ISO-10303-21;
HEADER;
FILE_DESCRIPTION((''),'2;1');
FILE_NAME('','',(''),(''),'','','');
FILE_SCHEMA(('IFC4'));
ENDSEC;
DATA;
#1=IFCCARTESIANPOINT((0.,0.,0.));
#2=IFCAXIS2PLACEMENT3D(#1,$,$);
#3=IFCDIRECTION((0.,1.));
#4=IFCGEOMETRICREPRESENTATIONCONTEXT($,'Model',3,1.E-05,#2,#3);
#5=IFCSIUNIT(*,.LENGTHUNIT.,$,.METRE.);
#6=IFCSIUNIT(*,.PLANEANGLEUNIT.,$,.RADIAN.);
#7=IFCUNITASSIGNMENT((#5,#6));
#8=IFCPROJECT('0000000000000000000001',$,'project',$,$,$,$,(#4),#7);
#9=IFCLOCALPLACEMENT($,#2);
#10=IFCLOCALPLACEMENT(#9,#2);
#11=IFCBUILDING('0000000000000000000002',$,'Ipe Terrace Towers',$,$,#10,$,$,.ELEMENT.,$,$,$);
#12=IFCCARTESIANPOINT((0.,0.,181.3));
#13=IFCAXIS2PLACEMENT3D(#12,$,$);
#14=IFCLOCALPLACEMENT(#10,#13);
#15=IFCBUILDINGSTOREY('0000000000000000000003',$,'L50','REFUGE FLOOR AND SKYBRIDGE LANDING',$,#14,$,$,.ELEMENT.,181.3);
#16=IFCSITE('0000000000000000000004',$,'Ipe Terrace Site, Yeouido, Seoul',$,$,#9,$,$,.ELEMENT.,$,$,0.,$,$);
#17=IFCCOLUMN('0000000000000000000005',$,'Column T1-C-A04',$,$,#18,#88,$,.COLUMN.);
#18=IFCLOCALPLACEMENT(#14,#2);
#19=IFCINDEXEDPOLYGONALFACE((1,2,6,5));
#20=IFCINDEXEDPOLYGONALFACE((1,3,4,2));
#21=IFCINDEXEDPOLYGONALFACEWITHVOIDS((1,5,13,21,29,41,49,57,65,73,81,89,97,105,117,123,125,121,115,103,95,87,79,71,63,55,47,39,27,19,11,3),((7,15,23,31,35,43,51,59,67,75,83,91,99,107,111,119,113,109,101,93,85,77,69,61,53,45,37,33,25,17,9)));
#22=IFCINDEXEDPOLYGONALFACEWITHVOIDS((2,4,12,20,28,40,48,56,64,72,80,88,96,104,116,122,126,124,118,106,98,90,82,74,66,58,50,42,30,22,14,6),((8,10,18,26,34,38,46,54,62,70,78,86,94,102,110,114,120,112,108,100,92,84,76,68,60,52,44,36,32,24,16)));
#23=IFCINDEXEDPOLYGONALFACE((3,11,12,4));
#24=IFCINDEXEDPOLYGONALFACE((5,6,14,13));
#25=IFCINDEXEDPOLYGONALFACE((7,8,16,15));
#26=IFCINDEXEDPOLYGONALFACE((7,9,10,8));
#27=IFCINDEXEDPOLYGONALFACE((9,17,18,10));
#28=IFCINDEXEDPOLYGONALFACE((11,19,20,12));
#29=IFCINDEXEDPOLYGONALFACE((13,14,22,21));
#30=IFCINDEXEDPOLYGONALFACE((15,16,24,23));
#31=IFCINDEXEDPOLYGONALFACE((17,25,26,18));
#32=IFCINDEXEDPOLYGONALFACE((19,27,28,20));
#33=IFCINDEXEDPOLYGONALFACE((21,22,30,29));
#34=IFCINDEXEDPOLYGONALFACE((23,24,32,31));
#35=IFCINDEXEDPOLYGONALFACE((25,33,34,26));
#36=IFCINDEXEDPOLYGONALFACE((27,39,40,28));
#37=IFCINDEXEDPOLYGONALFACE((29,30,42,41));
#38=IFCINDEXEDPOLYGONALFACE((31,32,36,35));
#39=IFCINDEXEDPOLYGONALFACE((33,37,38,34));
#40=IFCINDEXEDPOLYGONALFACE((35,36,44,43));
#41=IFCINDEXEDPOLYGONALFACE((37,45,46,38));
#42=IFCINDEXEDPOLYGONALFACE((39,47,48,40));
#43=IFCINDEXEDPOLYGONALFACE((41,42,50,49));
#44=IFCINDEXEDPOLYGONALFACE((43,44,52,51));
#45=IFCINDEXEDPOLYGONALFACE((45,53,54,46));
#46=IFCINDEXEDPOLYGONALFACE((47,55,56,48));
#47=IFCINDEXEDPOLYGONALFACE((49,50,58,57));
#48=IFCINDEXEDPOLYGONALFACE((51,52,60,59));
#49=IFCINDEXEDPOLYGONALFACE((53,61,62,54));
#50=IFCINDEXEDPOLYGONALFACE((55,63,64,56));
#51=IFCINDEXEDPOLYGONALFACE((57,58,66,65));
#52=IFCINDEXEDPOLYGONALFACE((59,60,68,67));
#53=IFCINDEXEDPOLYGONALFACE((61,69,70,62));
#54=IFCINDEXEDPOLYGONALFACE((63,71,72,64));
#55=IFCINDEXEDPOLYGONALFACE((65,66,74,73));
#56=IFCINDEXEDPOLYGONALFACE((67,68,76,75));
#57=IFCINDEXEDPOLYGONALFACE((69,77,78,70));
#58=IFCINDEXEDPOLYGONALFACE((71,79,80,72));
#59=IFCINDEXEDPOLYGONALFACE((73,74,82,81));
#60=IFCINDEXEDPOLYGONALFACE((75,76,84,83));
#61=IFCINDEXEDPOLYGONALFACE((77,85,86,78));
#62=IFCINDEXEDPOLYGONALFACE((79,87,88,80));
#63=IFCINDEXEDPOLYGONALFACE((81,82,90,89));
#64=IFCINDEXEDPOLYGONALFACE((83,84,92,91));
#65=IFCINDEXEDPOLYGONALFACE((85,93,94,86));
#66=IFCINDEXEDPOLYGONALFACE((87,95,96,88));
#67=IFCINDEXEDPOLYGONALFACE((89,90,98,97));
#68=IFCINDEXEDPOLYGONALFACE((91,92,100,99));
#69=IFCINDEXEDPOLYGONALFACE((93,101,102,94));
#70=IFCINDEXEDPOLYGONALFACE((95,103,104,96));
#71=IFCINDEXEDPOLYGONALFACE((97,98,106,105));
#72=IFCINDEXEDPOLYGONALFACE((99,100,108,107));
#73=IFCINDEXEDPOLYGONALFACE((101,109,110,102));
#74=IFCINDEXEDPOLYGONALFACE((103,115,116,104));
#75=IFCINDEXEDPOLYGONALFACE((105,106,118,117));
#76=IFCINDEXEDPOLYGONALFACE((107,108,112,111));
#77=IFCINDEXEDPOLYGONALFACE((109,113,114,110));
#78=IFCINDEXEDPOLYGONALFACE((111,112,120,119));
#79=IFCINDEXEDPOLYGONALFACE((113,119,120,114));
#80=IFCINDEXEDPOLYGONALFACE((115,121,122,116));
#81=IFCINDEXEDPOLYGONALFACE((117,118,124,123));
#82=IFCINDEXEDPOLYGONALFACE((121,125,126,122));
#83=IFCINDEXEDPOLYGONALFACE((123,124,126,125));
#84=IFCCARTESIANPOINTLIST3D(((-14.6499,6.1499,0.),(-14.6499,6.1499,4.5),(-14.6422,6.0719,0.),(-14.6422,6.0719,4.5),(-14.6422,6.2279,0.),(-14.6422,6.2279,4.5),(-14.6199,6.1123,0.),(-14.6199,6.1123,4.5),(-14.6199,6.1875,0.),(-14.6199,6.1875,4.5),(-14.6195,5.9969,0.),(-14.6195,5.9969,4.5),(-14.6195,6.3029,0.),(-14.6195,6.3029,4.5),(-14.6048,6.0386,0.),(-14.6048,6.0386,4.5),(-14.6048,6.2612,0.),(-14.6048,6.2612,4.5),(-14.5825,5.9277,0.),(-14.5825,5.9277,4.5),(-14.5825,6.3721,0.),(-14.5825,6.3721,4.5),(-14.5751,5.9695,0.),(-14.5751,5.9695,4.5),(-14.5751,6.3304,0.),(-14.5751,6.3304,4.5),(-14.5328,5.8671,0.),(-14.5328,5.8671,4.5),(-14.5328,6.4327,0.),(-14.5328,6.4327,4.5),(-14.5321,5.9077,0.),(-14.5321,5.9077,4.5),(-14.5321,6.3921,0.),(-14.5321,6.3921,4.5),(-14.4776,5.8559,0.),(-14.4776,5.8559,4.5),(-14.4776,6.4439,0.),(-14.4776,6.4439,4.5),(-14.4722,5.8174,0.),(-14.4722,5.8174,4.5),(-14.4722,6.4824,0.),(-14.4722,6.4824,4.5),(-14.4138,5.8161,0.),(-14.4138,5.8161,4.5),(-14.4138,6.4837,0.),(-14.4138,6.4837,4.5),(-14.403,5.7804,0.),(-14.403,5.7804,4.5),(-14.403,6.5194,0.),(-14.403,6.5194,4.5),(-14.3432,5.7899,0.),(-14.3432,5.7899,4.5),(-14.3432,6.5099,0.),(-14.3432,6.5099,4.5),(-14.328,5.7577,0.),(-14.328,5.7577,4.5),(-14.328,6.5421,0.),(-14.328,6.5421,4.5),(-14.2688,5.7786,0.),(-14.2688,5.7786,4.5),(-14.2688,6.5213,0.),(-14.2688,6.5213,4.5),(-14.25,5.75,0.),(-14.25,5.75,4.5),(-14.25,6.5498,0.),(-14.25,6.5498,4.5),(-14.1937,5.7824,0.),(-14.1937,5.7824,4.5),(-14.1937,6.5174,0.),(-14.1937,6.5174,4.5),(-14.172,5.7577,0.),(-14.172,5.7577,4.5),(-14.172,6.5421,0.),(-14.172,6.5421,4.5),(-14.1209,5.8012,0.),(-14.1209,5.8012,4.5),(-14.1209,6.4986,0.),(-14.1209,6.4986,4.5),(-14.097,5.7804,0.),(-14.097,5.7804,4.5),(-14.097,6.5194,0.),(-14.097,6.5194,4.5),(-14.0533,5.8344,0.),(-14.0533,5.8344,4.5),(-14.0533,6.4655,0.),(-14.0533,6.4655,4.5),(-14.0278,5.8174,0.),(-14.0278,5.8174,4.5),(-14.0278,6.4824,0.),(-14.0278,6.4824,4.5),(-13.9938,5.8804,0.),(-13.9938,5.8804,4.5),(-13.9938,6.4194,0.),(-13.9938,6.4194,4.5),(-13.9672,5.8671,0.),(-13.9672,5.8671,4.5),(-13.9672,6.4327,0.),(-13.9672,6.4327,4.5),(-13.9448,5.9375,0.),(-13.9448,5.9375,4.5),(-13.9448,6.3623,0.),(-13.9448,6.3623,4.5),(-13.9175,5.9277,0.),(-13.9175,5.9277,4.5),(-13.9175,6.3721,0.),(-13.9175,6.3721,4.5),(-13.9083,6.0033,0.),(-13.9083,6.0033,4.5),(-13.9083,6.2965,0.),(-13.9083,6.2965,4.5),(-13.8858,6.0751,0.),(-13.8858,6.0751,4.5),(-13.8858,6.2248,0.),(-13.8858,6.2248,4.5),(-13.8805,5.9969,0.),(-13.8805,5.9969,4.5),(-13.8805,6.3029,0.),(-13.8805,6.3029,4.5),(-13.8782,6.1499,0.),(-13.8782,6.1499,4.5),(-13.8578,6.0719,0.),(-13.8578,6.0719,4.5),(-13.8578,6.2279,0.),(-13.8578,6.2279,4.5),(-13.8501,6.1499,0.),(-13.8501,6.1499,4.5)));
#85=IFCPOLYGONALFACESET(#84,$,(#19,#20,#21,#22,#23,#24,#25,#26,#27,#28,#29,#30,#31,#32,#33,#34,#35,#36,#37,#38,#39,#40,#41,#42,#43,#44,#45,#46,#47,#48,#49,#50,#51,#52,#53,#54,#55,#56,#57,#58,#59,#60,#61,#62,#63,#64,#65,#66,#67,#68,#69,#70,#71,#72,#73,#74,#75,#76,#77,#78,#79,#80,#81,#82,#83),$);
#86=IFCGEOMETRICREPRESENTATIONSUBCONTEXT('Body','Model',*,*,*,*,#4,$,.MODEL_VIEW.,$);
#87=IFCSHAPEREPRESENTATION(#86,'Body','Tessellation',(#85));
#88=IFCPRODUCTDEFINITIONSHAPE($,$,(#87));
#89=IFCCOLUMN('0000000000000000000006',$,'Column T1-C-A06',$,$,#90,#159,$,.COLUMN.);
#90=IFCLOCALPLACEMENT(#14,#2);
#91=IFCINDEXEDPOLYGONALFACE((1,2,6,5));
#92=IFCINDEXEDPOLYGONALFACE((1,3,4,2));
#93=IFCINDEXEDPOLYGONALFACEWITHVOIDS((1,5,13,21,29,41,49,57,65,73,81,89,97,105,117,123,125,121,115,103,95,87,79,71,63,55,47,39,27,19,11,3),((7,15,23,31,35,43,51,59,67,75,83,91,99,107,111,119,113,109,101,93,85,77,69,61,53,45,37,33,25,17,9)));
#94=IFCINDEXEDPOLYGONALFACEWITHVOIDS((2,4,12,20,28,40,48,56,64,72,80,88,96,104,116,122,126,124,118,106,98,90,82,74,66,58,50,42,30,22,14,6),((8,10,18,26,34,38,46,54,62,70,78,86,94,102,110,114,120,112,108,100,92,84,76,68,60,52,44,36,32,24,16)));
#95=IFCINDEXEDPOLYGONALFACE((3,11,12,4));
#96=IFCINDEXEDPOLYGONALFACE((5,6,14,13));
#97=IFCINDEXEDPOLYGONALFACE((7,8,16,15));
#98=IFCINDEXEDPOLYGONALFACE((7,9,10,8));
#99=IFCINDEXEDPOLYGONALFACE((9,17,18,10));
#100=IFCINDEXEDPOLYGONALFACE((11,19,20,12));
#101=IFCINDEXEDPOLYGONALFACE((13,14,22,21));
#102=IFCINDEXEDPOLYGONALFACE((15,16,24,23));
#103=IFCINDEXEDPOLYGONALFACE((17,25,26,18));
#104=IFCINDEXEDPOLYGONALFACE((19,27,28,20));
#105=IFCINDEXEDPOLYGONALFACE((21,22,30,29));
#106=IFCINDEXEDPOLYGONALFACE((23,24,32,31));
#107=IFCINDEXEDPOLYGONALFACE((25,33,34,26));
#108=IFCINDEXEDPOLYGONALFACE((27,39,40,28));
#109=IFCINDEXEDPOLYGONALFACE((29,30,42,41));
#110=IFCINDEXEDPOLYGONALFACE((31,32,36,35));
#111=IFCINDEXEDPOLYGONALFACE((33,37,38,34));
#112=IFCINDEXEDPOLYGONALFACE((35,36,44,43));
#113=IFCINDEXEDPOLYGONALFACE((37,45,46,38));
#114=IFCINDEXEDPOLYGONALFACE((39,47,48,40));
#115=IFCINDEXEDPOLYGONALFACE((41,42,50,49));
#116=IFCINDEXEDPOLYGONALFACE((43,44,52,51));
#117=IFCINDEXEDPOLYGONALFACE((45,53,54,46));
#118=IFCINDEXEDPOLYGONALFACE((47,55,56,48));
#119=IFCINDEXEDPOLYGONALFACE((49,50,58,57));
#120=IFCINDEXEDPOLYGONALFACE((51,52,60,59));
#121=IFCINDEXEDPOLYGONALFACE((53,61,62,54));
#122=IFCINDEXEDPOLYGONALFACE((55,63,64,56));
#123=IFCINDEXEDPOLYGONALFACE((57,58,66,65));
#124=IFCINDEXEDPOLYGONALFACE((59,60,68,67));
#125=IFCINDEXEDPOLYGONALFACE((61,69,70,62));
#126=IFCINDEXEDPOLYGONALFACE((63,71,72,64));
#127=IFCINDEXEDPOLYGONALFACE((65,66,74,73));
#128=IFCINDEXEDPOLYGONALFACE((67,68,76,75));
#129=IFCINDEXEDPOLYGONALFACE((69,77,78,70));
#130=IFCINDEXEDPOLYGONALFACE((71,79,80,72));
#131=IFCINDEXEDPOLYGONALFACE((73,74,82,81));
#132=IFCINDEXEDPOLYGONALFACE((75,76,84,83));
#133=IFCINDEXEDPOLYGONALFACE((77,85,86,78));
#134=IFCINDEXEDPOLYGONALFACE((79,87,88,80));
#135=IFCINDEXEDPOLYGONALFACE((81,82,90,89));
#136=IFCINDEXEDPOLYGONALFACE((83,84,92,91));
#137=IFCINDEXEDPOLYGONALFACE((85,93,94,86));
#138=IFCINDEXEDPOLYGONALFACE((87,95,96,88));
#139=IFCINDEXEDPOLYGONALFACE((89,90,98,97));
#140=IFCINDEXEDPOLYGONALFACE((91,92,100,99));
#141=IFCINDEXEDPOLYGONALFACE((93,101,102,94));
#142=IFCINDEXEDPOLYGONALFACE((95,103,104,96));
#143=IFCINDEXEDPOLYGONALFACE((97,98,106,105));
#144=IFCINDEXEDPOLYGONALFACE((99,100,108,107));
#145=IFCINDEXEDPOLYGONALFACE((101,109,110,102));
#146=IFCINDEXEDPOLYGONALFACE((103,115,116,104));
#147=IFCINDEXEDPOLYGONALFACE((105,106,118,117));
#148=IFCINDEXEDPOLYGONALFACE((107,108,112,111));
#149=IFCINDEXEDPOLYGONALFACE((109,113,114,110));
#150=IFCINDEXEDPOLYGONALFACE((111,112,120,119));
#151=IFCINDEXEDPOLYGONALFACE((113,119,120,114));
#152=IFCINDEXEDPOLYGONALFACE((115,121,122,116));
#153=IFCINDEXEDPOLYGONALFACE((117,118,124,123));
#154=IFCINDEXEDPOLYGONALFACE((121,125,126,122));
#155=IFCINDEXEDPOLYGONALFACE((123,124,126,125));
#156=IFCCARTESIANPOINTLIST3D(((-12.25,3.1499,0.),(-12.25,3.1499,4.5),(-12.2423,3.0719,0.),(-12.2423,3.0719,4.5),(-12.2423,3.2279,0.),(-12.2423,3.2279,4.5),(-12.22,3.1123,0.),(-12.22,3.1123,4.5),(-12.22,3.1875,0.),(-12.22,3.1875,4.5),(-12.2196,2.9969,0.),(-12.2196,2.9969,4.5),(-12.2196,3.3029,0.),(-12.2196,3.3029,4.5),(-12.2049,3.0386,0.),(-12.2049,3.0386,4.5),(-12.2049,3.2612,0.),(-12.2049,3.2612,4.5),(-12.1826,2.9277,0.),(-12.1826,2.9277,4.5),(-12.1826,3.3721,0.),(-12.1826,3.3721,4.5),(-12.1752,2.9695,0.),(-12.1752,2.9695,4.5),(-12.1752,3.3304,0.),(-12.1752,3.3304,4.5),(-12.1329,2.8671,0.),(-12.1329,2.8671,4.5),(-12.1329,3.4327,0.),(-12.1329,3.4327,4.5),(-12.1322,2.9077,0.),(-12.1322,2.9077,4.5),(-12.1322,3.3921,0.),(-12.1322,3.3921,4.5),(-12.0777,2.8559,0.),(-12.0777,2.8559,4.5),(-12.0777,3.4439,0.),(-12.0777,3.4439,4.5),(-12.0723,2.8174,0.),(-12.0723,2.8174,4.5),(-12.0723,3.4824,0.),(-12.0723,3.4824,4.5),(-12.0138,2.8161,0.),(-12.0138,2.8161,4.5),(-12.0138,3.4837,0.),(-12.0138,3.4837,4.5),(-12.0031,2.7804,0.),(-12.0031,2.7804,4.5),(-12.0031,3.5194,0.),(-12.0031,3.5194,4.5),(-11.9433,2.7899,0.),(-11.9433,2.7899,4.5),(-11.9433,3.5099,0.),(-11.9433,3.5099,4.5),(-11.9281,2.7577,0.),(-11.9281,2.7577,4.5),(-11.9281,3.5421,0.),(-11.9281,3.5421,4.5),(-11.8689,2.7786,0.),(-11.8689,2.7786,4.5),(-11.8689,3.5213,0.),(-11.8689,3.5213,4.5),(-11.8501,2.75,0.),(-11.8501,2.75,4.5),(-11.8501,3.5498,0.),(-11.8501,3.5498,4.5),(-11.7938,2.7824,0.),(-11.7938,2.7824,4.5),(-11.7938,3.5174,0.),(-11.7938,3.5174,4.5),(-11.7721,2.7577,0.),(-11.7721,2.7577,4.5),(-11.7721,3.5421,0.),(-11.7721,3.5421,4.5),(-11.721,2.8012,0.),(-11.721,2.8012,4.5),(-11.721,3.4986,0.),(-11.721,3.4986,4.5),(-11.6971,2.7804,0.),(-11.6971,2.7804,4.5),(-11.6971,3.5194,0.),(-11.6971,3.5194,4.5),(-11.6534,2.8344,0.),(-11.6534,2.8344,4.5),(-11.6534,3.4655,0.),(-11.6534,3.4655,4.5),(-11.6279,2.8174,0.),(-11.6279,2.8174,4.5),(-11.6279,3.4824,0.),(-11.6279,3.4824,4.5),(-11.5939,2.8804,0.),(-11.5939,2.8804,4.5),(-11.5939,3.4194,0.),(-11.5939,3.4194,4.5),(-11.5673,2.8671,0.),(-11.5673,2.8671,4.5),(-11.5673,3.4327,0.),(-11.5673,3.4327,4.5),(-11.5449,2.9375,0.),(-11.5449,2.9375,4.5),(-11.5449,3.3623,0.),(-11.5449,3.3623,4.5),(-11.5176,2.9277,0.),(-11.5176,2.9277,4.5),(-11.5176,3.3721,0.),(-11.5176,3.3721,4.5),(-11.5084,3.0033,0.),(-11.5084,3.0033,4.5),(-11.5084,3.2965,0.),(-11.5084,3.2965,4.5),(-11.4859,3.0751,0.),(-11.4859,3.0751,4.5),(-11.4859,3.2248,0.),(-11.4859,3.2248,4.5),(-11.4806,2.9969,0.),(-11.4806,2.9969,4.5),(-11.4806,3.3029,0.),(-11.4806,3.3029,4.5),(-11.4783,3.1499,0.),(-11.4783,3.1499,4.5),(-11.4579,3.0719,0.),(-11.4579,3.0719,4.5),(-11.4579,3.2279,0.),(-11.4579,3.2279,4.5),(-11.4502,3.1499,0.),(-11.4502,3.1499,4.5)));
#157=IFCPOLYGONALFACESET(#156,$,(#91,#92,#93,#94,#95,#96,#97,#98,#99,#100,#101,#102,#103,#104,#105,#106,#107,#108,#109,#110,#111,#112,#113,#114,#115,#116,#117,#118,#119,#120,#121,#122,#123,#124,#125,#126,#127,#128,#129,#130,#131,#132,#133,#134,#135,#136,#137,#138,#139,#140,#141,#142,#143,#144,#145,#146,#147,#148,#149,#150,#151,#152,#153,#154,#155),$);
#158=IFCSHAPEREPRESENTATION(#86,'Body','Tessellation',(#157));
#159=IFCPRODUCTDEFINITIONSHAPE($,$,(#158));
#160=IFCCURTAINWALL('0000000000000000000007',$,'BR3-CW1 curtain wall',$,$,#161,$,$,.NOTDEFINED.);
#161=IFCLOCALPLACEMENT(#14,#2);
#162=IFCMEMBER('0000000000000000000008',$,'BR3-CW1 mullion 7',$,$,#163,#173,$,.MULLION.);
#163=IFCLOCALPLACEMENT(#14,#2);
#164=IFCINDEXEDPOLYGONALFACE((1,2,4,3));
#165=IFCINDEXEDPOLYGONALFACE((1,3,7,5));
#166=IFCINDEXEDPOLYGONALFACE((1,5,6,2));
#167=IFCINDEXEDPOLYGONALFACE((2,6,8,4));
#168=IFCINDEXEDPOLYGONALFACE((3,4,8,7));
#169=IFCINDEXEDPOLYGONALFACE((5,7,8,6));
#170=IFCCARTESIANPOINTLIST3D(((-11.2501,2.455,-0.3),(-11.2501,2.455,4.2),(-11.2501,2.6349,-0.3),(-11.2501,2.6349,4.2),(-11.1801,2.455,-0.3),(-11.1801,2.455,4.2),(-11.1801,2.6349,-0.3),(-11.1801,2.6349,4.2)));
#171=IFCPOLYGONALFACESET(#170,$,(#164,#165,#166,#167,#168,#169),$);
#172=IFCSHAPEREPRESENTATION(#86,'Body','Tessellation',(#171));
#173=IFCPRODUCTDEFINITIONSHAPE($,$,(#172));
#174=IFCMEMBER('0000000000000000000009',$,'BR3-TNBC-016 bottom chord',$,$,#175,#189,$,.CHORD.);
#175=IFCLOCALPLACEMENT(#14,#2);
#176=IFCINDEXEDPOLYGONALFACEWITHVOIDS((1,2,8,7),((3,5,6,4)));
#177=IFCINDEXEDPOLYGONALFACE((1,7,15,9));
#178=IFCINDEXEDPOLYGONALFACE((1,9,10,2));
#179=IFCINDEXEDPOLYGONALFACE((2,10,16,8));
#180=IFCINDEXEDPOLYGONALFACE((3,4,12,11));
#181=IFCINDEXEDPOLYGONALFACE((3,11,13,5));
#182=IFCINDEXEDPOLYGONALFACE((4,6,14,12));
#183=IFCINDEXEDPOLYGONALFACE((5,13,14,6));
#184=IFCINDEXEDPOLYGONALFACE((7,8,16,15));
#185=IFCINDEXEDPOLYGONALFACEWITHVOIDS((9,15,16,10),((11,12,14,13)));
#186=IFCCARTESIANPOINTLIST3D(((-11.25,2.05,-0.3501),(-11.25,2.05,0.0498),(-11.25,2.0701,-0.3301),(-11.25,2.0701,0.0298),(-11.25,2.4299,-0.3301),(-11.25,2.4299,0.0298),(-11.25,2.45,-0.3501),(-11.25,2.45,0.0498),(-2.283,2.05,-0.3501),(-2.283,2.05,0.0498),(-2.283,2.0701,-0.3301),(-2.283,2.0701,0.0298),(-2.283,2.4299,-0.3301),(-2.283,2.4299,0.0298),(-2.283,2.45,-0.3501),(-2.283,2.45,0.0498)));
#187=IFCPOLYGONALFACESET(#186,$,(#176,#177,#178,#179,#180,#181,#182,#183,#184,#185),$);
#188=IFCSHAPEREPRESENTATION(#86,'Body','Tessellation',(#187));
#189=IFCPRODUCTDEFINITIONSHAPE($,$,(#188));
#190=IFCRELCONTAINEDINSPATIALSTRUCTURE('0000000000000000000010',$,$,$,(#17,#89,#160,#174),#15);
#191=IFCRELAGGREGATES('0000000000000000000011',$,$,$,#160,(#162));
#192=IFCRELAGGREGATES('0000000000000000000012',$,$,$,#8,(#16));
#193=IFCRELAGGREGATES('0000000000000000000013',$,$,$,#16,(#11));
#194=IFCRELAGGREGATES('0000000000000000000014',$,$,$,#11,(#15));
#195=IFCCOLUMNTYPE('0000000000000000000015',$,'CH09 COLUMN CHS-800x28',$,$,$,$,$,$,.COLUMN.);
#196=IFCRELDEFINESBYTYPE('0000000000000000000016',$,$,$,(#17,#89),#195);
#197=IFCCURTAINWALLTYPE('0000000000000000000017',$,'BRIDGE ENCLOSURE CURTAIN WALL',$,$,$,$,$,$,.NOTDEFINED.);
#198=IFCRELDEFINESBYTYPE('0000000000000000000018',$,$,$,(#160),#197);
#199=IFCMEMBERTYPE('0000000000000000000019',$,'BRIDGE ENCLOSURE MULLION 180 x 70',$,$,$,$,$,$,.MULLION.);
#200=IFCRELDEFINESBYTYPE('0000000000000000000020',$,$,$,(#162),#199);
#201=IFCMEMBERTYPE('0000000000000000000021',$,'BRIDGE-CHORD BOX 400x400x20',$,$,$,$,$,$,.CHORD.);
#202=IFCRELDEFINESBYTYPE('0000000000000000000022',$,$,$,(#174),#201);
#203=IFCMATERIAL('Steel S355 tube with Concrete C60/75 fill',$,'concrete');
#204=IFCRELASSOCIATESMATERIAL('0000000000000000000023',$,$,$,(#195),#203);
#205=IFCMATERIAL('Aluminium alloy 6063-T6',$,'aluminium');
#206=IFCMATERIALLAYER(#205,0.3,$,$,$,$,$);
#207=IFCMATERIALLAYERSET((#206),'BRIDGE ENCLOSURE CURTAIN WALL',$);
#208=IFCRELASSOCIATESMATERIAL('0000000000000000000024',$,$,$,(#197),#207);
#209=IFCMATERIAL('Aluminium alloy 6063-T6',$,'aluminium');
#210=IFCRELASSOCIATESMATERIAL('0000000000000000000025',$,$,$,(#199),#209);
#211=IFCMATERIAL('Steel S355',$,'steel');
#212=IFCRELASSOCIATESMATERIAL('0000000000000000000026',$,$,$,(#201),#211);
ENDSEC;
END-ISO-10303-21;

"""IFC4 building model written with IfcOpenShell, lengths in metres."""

from ifc_helpers import new_model, si_unit, direction, frame, origin, origin_2d, place, context, subcontext, project, spatial, rectangle, hollow_rectangle, hollow_circle, extrude, material, layer, layer_set, material_profile, profile_set, type_object, element, aggregate, save


model = new_model("IFC4")

# Units and contexts
model_context = context("Model", 3, precision=1e-05, world=origin(), true_north=direction((0.0, 1.0)))
body_context = subcontext(model_context, "Body", "Model", "MODEL_VIEW")
ifc_project = project(units=[si_unit("LENGTHUNIT", "METRE"), si_unit("PLANEANGLEUNIT", "RADIAN")], contexts=[model_context])

# Site, building, storey
site_placement = place(None, origin())
site = spatial("IfcSite", under=ifc_project, at=site_placement, Name="Ipe Terrace Site, Yeouido, Seoul", CompositionType="ELEMENT", RefElevation=0.0)
building_placement = place(site_placement, origin())
building = spatial("IfcBuilding", under=site, at=building_placement, Name="Ipe Terrace Towers", CompositionType="ELEMENT")
storey_placement = place(building_placement, frame((0.0, 0.0, 181.3)))
storey = spatial("IfcBuildingStorey", under=building, at=storey_placement, Name="L50", Description="REFUGE FLOOR AND SKYBRIDGE LANDING", CompositionType="ELEMENT", Elevation=181.3)

# Columns
ifc_material_1 = material(Name="Steel S355 tube with Concrete C60/75 fill", Category="concrete")
ifc_material_profile_1 = material_profile(ifc_material_1, hollow_circle(Radius=0.3999, WallThickness=0.0281, at=origin_2d()), Name="CHS-800x28")
ifc_profile_set_1 = profile_set([ifc_material_profile_1], Name="Steel S355 tube with Concrete C60/75 fill")
column_type = type_object("IfcColumnType", Name="CH09 COLUMN CHS-800x28", PredefinedType="COLUMN", material=ifc_profile_set_1)
for number, where, z_axis, x_axis, name in (
    (1, (-14.25, 6.1499, 0.0), (0.0, 0.0, 1.0), (1.0, 0.0, 0.0), "Column T1-C-A04"),
    (2, (-11.8501, 3.1499, 0.0), (0.0, 0.0, 1.0), (1.0, 0.0, 0.0), "Column T1-C-A06"),
):
    element("IfcColumn", number, at=place(storey_placement, frame(where, z_axis=z_axis, x_axis=x_axis)), inside=storey, type_object=column_type, Name=name, PredefinedType="COLUMN", context=body_context, shape_type="SweptSolid", body=[
        extrude(hollow_circle(Radius=0.3999, WallThickness=0.0281, at=origin_2d()), origin(), (0.0, 0.0, 1.0), 4.5),
    ])

# Curtain wall, member
ifc_material_2 = material(Name="Aluminium alloy 6063-T6", Category="aluminium")
ifc_layer_1 = layer(ifc_material_2, 0.3)
ifc_layer_set_1 = layer_set([ifc_layer_1], Name="BRIDGE ENCLOSURE CURTAIN WALL")
curtain_wall_type_1 = type_object("IfcCurtainWallType", Name="BRIDGE ENCLOSURE CURTAIN WALL", PredefinedType="NOTDEFINED", material=ifc_layer_set_1)
curtain_wall_1_placement = place(storey_placement, origin())
curtain_wall_1 = element("IfcCurtainWall", 3, at=curtain_wall_1_placement, inside=storey, type_object=curtain_wall_type_1, Name="BR3-CW1 curtain wall", PredefinedType="NOTDEFINED")
ifc_material_3 = material(Name="Aluminium alloy 6063-T6", Category="aluminium")
ifc_material_profile_2 = material_profile(ifc_material_3, rectangle(XDim=0.1799, YDim=0.0701, at=origin_2d()), Name="BRIDGE ENCLOSURE MULLION 180 x 70")
ifc_profile_set_2 = profile_set([ifc_material_profile_2], Name="Aluminium alloy 6063-T6")
member_type_1 = type_object("IfcMemberType", Name="BRIDGE ENCLOSURE MULLION 180 x 70", PredefinedType="MULLION", material=ifc_profile_set_2)
member_1_placement = place(storey_placement, frame((-11.2151, 2.5449, -0.3), z_axis=(0.0, 0.0, 1.0), x_axis=(0.0, 1.0, 0.0)))
member_1 = element("IfcMember", 4, at=member_1_placement, type_object=member_type_1, Name="BR3-CW1 mullion 7", PredefinedType="MULLION", context=body_context, shape_type="SweptSolid", body=[
    extrude(rectangle(XDim=0.1799, YDim=0.0701, at=origin_2d()), origin(), (0.0, 0.0, 1.0), 4.5),
])
aggregate(curtain_wall_1, [member_1])

# Member
ifc_material_4 = material(Name="Steel S355", Category="steel")
ifc_material_profile_3 = material_profile(ifc_material_4, hollow_rectangle(XDim=0.3999, YDim=0.3999, WallThickness=0.02, at=origin_2d()), Name="BRIDGE-CHORD BOX 400x400x20")
ifc_profile_set_3 = profile_set([ifc_material_profile_3], Name="Steel S355")
member_type_2 = type_object("IfcMemberType", Name="BRIDGE-CHORD BOX 400x400x20", PredefinedType="CHORD", material=ifc_profile_set_3)
member_2_placement = place(storey_placement, frame((-11.25, 2.25, -0.1501), z_axis=(1.0, 0.0, 0.0), x_axis=(0.0, 1.0, 0.0)))
element("IfcMember", 5, at=member_2_placement, inside=storey, type_object=member_type_2, Name="BR3-TNBC-016 bottom chord", PredefinedType="CHORD", context=body_context, shape_type="SweptSolid", body=[
    extrude(hollow_rectangle(XDim=0.3999, YDim=0.3999, WallThickness=0.02, at=origin_2d()), origin(), (0.0, 0.0, 1.0), 8.967),
])

save(model, "model.ifc")
